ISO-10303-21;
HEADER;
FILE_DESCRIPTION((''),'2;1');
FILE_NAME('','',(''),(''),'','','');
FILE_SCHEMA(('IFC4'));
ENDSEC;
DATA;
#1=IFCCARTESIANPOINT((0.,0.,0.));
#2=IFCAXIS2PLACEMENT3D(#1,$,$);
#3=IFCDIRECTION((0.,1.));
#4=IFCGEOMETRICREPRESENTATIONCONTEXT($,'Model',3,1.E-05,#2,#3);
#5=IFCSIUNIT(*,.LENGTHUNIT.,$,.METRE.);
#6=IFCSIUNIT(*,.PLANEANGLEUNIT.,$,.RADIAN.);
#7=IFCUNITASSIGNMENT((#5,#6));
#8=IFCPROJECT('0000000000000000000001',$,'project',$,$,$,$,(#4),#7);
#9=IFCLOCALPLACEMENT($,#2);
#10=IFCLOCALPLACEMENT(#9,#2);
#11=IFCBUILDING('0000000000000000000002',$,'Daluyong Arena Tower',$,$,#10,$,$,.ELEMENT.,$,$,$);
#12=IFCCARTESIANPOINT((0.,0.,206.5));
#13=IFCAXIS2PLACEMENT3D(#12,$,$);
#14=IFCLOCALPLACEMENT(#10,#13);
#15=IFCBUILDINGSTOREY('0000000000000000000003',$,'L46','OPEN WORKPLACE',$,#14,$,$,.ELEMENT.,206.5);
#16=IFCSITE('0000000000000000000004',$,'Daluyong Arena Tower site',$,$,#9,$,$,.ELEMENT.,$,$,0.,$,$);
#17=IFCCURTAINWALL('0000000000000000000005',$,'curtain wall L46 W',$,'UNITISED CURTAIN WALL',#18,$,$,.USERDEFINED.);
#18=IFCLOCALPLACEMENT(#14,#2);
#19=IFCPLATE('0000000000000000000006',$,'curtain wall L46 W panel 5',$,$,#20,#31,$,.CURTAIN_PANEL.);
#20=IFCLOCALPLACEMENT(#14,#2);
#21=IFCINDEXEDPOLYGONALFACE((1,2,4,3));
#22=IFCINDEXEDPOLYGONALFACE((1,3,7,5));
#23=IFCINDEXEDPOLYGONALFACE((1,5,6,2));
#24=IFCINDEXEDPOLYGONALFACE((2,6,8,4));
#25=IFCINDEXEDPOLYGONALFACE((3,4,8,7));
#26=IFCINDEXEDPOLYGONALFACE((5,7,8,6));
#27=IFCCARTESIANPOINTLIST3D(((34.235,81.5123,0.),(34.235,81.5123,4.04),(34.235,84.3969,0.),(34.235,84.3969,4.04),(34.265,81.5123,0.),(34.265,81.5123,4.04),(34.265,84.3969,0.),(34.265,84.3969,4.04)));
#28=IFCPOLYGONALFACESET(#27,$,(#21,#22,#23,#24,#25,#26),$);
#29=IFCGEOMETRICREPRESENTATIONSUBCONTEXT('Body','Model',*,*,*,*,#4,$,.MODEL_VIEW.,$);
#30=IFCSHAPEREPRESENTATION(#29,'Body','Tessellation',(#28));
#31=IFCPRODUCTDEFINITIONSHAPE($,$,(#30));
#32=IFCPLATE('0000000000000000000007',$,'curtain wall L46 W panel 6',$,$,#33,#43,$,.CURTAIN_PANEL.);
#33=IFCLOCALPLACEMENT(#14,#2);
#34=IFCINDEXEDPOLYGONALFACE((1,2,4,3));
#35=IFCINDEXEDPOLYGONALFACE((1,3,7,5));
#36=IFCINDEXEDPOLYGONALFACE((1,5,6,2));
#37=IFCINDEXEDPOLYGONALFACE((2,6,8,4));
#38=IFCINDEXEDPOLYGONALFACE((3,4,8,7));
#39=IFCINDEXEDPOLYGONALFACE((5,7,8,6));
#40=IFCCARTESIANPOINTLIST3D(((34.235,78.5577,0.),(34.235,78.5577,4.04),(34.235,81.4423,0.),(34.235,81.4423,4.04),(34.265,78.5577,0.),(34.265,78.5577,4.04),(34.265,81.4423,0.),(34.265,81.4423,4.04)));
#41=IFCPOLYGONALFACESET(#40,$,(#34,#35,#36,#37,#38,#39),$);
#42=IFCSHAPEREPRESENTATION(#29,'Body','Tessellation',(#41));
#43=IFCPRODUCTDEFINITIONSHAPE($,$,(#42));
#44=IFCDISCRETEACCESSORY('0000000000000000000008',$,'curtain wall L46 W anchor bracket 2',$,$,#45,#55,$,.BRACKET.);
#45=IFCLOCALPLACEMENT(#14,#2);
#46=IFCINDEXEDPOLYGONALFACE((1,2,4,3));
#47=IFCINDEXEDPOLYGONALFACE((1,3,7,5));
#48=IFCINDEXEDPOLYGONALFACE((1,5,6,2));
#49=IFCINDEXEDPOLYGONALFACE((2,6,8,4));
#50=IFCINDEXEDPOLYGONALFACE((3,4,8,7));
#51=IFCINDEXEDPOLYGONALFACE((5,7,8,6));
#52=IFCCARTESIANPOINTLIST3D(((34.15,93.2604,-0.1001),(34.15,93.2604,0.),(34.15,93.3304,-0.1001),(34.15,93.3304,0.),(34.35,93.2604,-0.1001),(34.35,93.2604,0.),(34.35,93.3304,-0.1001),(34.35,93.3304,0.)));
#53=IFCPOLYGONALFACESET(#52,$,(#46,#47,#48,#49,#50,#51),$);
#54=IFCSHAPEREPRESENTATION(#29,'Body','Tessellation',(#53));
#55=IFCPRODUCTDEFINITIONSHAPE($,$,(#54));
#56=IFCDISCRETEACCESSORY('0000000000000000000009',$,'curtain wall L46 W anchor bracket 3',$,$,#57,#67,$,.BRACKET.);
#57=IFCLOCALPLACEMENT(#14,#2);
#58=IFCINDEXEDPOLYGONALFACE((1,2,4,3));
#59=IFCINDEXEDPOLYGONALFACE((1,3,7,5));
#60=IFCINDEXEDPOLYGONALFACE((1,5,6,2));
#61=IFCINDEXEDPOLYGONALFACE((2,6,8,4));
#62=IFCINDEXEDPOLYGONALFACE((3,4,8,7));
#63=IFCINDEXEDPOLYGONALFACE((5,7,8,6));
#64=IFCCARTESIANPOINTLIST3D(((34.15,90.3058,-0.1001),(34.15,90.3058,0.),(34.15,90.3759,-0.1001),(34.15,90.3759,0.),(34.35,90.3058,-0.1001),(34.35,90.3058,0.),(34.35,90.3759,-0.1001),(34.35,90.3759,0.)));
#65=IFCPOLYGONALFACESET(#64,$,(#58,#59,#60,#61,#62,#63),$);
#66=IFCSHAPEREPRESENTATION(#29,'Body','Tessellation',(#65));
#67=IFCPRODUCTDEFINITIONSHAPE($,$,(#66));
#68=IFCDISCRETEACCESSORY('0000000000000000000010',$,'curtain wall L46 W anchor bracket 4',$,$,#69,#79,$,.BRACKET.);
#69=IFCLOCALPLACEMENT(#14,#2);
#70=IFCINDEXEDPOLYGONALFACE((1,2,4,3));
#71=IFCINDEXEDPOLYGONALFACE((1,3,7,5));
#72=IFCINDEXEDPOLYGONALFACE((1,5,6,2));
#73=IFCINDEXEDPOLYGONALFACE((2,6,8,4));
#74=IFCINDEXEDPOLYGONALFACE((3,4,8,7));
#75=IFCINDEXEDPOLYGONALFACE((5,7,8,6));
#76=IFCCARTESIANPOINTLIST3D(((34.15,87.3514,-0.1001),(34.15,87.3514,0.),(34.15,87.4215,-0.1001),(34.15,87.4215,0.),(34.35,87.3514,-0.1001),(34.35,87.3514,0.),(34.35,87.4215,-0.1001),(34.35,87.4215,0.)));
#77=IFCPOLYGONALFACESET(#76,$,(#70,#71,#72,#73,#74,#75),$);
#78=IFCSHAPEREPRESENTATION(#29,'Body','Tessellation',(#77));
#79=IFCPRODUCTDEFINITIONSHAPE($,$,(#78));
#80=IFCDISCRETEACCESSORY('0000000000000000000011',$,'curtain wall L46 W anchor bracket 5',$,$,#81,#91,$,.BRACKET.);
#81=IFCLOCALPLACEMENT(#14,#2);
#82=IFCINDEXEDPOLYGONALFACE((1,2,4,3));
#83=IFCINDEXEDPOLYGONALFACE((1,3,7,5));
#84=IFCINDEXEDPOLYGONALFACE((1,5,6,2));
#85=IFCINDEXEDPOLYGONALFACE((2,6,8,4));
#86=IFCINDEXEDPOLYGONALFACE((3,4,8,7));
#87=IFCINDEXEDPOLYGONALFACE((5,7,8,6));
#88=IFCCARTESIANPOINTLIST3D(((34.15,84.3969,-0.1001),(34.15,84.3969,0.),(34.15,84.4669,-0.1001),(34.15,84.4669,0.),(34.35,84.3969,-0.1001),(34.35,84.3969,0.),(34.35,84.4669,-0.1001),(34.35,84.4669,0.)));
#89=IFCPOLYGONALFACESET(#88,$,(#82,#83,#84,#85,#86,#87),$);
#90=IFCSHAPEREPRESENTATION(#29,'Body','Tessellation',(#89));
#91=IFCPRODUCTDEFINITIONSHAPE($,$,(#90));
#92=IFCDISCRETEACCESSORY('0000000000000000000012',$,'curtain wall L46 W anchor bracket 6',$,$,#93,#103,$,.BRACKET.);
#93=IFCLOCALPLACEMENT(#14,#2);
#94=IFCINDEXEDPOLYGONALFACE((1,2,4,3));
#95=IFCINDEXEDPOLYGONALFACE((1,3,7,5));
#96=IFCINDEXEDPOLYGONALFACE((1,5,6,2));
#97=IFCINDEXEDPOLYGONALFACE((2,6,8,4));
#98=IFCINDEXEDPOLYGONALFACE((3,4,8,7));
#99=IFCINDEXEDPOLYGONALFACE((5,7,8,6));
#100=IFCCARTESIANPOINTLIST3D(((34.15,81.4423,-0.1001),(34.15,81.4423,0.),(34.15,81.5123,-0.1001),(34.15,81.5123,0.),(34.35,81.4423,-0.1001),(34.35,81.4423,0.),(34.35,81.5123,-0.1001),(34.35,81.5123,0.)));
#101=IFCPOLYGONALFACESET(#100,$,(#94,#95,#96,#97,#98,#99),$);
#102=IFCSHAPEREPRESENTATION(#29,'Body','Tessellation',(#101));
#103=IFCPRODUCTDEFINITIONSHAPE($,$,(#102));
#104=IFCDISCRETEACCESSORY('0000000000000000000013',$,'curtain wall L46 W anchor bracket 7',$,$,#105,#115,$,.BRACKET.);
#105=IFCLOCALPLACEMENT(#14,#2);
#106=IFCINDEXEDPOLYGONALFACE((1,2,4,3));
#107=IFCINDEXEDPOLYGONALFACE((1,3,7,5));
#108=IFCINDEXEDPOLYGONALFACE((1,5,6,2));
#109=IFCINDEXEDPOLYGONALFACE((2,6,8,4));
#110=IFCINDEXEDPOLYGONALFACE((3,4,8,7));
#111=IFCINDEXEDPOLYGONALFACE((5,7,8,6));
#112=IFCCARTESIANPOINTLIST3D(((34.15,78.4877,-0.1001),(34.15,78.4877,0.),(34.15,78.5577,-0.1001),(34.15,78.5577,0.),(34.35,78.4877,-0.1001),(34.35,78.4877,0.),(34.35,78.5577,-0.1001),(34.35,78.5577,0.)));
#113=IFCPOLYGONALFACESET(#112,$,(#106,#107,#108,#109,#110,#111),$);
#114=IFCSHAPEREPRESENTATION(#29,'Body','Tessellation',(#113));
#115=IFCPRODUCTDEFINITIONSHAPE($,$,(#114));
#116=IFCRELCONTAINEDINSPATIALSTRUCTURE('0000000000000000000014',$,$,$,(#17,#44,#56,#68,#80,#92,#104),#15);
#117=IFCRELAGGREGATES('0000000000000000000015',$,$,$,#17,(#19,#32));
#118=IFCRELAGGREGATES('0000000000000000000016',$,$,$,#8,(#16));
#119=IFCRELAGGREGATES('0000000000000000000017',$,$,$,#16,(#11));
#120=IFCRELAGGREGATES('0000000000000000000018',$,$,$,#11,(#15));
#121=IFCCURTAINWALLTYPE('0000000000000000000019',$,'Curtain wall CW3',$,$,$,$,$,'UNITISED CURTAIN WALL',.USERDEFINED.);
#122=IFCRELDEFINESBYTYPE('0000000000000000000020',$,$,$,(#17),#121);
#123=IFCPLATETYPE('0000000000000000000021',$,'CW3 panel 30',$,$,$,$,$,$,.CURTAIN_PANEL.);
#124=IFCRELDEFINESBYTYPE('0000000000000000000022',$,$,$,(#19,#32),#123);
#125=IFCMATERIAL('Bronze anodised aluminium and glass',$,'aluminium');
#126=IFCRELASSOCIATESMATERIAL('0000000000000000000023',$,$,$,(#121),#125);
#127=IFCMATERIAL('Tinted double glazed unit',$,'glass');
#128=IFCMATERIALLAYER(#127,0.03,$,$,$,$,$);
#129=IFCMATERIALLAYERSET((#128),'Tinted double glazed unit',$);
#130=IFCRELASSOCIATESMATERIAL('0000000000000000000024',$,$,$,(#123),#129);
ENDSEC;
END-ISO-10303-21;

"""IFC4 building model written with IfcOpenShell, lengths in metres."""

from ifc_helpers import new_model, si_unit, direction, frame, origin, origin_2d, place, context, subcontext, project, spatial, rectangle, extrude, material, layer, layer_set, type_object, element, aggregate, save


model = new_model("IFC4")

# Units and contexts
model_context = context("Model", 3, precision=1e-05, world=origin(), true_north=direction((0.0, 1.0)))
body_context = subcontext(model_context, "Body", "Model", "MODEL_VIEW")
ifc_project = project(units=[si_unit("LENGTHUNIT", "METRE"), si_unit("PLANEANGLEUNIT", "RADIAN")], contexts=[model_context])

# Site, building, storey
site_placement = place(None, origin())
site = spatial("IfcSite", under=ifc_project, at=site_placement, Name="Daluyong Arena Tower site", CompositionType="ELEMENT", RefElevation=0.0)
building_placement = place(site_placement, origin())
building = spatial("IfcBuilding", under=site, at=building_placement, Name="Daluyong Arena Tower", CompositionType="ELEMENT")
storey_placement = place(building_placement, frame((0.0, 0.0, 206.5)))
storey = spatial("IfcBuildingStorey", under=building, at=storey_placement, Name="L46", Description="OPEN WORKPLACE", CompositionType="ELEMENT", Elevation=206.5)

# Curtain wall
ifc_material_1 = material(Name="Bronze anodised aluminium and glass", Category="aluminium")
curtain_wall_type = type_object("IfcCurtainWallType", Name="Curtain wall CW3", ElementType="UNITISED CURTAIN WALL", PredefinedType="USERDEFINED", material=ifc_material_1)
curtain_wall_placement = place(storey_placement, origin())
curtain_wall = element("IfcCurtainWall", 1, at=curtain_wall_placement, inside=storey, type_object=curtain_wall_type, Name="curtain wall L46 W", ObjectType="UNITISED CURTAIN WALL", PredefinedType="USERDEFINED")

# Plates
ifc_material_2 = material(Name="Tinted double glazed unit", Category="glass")
ifc_layer = layer(ifc_material_2, 0.03)
ifc_layer_set = layer_set([ifc_layer], Name="Tinted double glazed unit")
plate_type = type_object("IfcPlateType", Name="CW3 panel 30", PredefinedType="CURTAIN_PANEL", material=ifc_layer_set)
plate_1_placement = place(storey_placement, frame((34.25, 82.9546, 0.0), z_axis=(0.0, 0.0, 1.0), x_axis=(0.0, -1.0, 0.0)))
plate_1 = element("IfcPlate", 2, at=plate_1_placement, type_object=plate_type, Name="curtain wall L46 W panel 5", PredefinedType="CURTAIN_PANEL", context=body_context, shape_type="SweptSolid", body=[
    extrude(rectangle(XDim=2.8845, YDim=0.03, at=origin_2d()), origin(), (0.0, 0.0, 1.0), 4.04),
])
plate_2_placement = place(storey_placement, frame((34.25, 80.0, 0.0), z_axis=(0.0, 0.0, 1.0), x_axis=(0.0, -1.0, 0.0)))
plate_2 = element("IfcPlate", 3, at=plate_2_placement, type_object=plate_type, Name="curtain wall L46 W panel 6", PredefinedType="CURTAIN_PANEL", context=body_context, shape_type="SweptSolid", body=[
    extrude(rectangle(XDim=2.8845, YDim=0.03, at=origin_2d()), origin(), (0.0, 0.0, 1.0), 4.04),
])
aggregate(curtain_wall, [plate_1, plate_2])

# Discrete accessories
for number, where, z_axis, x_axis, name in (
    (4, (34.25, 93.2954, -0.1001), (0.0, 0.0, 1.0), (0.0, -1.0, 0.0), "curtain wall L46 W anchor bracket 2"),
    (5, (34.25, 90.3408, -0.1001), (0.0, 0.0, 1.0), (0.0, -1.0, 0.0), "curtain wall L46 W anchor bracket 3"),
    (6, (34.25, 87.3865, -0.1001), (0.0, 0.0, 1.0), (0.0, -1.0, 0.0), "curtain wall L46 W anchor bracket 4"),
    (7, (34.25, 84.4319, -0.1001), (0.0, 0.0, 1.0), (0.0, -1.0, 0.0), "curtain wall L46 W anchor bracket 5"),
    (8, (34.25, 81.4773, -0.1001), (0.0, 0.0, 1.0), (0.0, -1.0, 0.0), "curtain wall L46 W anchor bracket 6"),
    (9, (34.25, 78.5227, -0.1001), (0.0, 0.0, 1.0), (0.0, -1.0, 0.0), "curtain wall L46 W anchor bracket 7"),
):
    element("IfcDiscreteAccessory", number, at=place(storey_placement, frame(where, z_axis=z_axis, x_axis=x_axis)), inside=storey, Name=name, PredefinedType="BRACKET", context=body_context, shape_type="SweptSolid", body=[
        extrude(rectangle(XDim=0.0701, YDim=0.2, at=origin_2d()), origin(), (0.0, 0.0, 1.0), 0.1001),
    ])

save(model, "model.ifc")
